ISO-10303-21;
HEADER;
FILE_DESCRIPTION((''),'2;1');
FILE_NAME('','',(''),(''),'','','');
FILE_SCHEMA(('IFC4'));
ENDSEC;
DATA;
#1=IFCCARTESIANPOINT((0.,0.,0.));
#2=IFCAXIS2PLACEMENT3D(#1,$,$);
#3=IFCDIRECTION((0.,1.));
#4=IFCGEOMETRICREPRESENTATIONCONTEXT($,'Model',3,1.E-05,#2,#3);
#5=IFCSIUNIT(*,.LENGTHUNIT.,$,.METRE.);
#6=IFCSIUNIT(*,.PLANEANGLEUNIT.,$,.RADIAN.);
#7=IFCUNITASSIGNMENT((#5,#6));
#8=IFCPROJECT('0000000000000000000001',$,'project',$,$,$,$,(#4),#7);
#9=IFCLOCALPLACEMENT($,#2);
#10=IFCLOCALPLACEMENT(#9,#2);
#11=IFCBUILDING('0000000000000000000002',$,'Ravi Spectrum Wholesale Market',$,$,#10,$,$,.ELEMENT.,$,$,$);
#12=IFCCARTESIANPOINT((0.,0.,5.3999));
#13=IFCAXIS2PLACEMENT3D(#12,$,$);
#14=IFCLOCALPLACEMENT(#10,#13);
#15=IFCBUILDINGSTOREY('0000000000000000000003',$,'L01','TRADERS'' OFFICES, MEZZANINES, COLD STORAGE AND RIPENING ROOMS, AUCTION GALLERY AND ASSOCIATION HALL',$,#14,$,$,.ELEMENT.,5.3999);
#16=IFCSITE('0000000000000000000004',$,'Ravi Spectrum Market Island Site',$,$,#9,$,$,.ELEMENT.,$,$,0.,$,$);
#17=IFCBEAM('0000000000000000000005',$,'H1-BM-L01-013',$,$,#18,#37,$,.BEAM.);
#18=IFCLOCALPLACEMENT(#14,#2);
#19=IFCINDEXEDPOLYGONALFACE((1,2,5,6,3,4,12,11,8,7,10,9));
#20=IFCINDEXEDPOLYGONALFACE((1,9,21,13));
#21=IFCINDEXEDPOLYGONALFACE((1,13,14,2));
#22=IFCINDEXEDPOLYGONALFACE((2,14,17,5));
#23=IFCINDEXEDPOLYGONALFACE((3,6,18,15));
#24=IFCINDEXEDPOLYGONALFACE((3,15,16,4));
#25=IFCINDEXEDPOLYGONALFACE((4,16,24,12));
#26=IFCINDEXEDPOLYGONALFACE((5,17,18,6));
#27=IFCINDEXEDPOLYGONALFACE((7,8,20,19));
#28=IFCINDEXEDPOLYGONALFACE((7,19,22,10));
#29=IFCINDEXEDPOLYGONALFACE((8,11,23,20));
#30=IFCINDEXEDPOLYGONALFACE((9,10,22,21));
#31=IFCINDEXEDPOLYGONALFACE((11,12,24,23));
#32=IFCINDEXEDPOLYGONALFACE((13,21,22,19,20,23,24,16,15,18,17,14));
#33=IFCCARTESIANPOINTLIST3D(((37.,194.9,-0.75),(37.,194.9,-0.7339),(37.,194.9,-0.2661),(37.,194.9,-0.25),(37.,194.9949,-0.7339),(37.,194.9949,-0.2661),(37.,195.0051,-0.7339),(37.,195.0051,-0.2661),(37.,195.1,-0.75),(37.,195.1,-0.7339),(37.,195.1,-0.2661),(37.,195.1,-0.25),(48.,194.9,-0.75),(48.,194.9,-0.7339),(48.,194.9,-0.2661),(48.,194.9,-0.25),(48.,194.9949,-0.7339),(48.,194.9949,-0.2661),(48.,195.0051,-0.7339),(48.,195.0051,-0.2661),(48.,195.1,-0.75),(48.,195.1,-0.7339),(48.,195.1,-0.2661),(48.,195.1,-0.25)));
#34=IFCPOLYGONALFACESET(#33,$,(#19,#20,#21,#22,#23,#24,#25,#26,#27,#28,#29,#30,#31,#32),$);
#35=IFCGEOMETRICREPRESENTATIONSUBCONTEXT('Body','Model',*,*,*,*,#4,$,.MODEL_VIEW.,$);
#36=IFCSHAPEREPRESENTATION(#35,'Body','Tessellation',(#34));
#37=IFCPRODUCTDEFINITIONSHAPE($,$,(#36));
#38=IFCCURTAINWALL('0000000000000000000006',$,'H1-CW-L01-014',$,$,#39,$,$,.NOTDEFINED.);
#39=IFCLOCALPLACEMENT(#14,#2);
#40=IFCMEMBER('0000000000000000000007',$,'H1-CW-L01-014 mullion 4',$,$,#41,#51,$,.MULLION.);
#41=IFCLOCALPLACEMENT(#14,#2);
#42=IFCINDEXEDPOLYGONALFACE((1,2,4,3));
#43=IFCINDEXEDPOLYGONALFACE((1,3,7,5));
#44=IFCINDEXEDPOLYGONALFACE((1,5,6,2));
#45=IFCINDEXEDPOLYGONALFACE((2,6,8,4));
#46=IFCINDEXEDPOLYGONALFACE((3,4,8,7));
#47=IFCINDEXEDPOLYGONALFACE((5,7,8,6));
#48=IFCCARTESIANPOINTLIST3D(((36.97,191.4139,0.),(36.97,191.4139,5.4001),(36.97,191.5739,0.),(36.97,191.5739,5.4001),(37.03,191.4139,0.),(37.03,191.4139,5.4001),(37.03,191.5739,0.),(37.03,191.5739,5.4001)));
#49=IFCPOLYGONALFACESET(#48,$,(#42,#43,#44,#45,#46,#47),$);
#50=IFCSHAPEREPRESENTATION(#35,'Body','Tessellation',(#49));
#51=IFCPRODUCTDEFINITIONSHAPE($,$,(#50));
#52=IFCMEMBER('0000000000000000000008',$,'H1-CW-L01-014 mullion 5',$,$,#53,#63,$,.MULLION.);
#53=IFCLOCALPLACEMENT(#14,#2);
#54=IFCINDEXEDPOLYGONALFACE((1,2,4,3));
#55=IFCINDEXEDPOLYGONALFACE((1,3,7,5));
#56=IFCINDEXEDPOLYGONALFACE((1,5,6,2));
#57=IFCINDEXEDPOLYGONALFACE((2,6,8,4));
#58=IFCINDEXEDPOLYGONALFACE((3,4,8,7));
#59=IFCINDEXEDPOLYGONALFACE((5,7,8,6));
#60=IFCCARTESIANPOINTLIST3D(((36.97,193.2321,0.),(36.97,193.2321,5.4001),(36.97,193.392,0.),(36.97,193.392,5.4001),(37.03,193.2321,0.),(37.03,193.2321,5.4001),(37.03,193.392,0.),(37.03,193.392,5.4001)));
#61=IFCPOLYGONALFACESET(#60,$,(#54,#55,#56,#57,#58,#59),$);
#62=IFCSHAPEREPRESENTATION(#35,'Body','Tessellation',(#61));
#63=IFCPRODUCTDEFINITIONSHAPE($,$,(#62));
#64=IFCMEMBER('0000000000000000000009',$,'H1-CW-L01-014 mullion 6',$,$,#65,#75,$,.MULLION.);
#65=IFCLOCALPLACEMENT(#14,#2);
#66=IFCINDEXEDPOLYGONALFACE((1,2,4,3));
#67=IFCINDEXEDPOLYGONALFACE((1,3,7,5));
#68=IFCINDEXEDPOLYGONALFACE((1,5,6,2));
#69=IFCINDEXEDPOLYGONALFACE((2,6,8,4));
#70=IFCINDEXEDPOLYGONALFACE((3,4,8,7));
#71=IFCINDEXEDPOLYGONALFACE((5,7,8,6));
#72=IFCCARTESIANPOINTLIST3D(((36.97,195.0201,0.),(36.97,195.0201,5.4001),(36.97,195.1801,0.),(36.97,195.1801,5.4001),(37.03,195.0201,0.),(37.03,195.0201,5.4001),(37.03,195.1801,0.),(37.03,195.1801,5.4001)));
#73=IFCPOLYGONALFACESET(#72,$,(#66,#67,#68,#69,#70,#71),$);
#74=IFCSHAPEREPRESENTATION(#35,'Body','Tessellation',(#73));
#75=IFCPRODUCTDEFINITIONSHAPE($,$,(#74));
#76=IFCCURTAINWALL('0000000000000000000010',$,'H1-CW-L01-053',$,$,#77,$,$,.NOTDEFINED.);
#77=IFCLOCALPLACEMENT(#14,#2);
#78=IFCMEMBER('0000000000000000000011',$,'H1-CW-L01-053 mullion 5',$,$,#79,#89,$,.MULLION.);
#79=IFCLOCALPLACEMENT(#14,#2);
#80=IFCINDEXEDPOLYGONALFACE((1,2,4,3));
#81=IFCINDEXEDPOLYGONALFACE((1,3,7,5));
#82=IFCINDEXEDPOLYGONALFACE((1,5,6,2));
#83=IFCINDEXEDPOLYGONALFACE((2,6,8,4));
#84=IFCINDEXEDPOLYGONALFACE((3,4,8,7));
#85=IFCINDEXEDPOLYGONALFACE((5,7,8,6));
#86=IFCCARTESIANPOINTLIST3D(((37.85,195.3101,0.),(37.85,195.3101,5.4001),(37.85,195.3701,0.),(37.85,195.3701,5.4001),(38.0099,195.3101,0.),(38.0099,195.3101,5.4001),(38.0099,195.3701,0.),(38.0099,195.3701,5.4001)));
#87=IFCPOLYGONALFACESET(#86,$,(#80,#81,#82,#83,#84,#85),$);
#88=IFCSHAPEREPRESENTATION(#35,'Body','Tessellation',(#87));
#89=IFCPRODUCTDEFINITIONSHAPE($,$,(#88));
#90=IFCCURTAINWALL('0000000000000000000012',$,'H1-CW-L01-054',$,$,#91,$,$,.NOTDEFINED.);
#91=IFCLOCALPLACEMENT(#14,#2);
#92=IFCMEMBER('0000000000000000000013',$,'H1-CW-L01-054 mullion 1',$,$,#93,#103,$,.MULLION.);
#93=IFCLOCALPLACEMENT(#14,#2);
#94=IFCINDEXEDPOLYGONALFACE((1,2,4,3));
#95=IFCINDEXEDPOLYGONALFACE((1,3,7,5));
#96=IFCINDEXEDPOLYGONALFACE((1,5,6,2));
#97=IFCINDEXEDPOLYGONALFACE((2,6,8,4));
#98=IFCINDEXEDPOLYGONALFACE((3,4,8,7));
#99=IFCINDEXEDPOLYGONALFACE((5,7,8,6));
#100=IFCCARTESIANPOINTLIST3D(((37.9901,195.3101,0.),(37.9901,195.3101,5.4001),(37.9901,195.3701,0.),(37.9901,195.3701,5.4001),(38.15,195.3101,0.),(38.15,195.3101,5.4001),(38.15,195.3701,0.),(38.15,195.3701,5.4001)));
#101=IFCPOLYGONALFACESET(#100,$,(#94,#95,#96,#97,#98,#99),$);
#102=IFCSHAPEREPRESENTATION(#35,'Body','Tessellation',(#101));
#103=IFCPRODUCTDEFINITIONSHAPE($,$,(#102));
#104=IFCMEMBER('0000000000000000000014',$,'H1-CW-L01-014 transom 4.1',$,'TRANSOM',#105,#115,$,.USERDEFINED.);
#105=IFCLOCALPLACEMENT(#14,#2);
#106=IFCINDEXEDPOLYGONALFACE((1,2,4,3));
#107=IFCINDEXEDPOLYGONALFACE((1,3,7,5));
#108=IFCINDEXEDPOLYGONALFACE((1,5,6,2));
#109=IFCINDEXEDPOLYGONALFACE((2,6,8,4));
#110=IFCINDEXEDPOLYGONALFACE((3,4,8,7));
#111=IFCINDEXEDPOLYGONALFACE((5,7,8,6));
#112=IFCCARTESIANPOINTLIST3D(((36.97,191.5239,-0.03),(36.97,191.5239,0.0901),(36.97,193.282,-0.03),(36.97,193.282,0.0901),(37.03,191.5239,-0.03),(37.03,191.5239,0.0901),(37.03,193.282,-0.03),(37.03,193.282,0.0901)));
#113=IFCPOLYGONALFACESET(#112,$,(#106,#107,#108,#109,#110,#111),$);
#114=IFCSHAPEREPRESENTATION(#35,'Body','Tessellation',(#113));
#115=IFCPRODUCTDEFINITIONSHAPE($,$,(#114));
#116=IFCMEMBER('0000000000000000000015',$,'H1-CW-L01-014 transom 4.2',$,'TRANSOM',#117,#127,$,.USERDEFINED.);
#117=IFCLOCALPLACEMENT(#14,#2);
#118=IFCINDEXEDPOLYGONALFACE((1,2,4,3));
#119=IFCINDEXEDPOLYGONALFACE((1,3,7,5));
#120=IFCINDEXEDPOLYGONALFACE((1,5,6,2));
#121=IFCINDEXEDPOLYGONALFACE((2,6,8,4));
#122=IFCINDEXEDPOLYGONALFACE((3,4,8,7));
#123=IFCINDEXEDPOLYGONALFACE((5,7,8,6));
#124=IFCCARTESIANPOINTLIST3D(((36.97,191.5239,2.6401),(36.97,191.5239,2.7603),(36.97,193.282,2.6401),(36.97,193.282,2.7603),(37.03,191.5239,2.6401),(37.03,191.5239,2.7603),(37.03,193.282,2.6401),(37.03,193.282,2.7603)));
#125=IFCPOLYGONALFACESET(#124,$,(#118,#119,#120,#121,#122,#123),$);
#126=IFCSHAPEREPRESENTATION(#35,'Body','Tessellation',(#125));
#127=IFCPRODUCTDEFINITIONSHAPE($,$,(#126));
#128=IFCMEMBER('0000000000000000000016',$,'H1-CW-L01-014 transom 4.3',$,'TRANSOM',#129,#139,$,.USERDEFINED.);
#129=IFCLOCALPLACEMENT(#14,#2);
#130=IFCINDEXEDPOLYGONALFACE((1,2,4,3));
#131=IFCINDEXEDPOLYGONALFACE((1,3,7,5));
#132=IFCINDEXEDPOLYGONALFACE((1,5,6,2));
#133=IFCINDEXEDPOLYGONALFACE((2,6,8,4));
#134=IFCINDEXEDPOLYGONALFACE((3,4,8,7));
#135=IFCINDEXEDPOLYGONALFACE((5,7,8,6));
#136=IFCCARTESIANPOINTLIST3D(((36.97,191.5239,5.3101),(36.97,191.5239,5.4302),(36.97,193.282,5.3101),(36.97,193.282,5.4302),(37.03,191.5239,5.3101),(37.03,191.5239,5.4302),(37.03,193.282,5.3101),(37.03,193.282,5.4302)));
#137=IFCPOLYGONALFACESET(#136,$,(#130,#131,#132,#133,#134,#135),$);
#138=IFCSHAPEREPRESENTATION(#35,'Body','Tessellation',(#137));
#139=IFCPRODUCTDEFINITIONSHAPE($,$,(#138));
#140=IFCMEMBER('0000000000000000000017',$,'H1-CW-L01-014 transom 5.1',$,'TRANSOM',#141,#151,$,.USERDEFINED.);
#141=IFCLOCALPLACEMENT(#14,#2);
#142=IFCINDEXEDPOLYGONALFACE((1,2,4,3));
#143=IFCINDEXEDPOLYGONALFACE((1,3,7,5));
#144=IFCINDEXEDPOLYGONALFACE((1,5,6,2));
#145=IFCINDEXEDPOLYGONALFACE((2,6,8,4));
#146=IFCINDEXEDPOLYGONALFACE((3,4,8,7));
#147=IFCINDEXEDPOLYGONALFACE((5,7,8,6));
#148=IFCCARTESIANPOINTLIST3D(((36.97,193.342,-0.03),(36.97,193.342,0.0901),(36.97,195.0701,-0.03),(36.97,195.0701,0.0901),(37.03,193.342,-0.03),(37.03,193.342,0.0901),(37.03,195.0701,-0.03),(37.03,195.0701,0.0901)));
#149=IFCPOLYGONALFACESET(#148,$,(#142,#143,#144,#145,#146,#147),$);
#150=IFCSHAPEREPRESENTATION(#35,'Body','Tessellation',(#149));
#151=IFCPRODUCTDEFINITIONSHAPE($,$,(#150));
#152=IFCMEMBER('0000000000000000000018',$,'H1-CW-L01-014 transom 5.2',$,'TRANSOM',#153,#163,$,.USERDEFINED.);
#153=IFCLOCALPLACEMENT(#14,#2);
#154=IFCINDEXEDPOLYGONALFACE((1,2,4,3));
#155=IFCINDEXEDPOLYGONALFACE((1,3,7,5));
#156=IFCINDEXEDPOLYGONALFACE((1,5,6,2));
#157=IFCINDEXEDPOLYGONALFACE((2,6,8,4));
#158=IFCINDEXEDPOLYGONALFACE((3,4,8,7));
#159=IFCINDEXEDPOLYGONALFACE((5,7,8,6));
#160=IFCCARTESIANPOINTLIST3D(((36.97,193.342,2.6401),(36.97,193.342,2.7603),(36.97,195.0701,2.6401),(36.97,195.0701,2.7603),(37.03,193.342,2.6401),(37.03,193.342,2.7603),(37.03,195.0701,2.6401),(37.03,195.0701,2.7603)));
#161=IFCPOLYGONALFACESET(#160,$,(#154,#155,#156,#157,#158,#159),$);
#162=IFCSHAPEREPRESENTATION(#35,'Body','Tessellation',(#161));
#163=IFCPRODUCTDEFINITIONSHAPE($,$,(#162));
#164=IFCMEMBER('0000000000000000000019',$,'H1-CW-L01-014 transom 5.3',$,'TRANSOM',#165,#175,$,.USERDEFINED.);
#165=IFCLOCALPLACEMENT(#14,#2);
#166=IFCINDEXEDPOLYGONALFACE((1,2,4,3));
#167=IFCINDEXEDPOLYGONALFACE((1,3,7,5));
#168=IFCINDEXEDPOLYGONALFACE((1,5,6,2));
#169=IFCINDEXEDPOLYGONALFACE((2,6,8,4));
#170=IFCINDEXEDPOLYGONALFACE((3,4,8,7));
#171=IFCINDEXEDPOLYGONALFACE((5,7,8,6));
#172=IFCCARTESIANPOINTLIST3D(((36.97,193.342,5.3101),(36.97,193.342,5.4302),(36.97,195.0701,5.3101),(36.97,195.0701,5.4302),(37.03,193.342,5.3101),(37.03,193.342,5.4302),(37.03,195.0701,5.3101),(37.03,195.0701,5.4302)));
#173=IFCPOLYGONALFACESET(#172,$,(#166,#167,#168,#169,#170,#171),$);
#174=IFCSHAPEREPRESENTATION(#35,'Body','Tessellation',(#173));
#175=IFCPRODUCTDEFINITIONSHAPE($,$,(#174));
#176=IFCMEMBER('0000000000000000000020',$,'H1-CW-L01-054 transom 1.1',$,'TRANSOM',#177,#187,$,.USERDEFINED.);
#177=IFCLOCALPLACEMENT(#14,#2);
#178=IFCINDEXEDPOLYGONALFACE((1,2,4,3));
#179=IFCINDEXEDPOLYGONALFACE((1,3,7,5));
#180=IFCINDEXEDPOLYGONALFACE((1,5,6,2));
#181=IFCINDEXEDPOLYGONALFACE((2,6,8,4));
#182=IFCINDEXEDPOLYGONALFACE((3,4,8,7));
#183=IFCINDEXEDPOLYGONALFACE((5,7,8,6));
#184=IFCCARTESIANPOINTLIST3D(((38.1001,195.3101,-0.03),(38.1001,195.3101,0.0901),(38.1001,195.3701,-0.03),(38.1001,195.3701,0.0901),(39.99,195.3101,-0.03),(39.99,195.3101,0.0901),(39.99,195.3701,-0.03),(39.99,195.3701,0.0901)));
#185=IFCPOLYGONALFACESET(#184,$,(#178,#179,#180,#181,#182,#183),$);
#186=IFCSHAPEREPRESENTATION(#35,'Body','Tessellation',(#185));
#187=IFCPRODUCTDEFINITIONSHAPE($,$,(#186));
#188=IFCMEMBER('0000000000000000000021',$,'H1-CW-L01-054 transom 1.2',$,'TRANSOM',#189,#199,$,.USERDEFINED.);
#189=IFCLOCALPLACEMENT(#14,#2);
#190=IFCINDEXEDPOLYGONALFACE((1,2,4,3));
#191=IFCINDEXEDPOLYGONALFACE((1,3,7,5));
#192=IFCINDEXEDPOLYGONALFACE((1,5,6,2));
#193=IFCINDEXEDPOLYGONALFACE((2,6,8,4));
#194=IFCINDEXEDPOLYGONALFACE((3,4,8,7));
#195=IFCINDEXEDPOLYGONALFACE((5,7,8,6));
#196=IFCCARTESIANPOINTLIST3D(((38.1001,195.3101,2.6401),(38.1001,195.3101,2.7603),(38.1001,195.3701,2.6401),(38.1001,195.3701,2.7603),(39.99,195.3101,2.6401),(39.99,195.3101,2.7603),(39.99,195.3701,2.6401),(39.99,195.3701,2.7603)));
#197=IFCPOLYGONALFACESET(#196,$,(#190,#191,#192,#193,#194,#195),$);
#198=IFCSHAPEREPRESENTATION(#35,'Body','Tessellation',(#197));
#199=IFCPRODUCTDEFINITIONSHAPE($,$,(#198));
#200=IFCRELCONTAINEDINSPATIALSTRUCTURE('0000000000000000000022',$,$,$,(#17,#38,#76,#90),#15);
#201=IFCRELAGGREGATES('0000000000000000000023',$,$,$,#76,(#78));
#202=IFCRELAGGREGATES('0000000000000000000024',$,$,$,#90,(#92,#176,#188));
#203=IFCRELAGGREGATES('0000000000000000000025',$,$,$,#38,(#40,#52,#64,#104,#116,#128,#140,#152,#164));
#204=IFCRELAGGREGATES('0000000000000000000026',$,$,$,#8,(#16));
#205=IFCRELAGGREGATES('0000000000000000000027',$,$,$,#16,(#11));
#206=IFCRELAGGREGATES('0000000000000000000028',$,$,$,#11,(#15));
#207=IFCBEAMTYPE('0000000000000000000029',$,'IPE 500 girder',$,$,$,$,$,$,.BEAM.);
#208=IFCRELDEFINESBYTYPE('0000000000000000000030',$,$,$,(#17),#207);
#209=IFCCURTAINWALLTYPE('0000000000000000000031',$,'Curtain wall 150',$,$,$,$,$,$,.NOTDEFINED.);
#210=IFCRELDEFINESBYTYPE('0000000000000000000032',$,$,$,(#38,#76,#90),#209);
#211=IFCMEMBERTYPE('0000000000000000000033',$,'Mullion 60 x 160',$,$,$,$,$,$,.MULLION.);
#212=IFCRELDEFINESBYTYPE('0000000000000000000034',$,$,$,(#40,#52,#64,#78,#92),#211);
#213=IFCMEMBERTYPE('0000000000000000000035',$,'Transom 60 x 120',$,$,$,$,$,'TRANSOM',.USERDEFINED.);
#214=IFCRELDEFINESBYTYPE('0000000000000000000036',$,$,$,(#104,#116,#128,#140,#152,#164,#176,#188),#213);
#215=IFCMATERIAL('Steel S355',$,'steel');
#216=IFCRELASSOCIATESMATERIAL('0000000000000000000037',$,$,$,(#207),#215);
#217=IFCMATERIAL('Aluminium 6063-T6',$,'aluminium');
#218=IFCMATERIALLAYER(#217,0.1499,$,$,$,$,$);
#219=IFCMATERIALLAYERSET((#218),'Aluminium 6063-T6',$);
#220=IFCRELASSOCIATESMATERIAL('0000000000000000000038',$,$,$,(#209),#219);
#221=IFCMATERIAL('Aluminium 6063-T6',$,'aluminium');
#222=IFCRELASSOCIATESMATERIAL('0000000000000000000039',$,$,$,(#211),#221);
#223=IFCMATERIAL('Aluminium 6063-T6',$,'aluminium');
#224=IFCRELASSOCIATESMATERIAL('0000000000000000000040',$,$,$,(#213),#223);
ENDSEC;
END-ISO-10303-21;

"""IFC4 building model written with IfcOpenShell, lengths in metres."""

from ifc_helpers import new_model, si_unit, direction, frame, origin, origin_2d, place, context, subcontext, project, spatial, rectangle, i_section, extrude, material, layer, layer_set, material_profile, profile_set, type_object, element, aggregate, save


model = new_model("IFC4")

# Units and contexts
model_context = context("Model", 3, precision=1e-05, world=origin(), true_north=direction((0.0, 1.0)))
body_context = subcontext(model_context, "Body", "Model", "MODEL_VIEW")
ifc_project = project(units=[si_unit("LENGTHUNIT", "METRE"), si_unit("PLANEANGLEUNIT", "RADIAN")], contexts=[model_context])

# Site, building, storey
site_placement = place(None, origin())
site = spatial("IfcSite", under=ifc_project, at=site_placement, Name="Ravi Spectrum Market Island Site", CompositionType="ELEMENT", RefElevation=0.0)
building_placement = place(site_placement, origin())
building = spatial("IfcBuilding", under=site, at=building_placement, Name="Ravi Spectrum Wholesale Market", CompositionType="ELEMENT")
storey_placement = place(building_placement, frame((0.0, 0.0, 5.3999)))
storey = spatial("IfcBuildingStorey", under=building, at=storey_placement, Name="L01", Description="TRADERS' OFFICES, MEZZANINES, COLD STORAGE AND RIPENING ROOMS, AUCTION GALLERY AND ASSOCIATION HALL", CompositionType="ELEMENT", Elevation=5.3999)

# Beam
ifc_material_1 = material(Name="Steel S355", Category="steel")
ifc_material_profile_1 = material_profile(ifc_material_1, i_section(OverallWidth=0.2, OverallDepth=0.5, WebThickness=0.0103, FlangeThickness=0.0161, at=origin_2d()))
ifc_profile_set_1 = profile_set([ifc_material_profile_1], Name="Steel S355")
beam_type = type_object("IfcBeamType", Name="IPE 500 girder", PredefinedType="BEAM", material=ifc_profile_set_1)
beam_placement = place(storey_placement, frame((37.0, 195.0, -0.5), z_axis=(1.0, 0.0, 0.0), x_axis=(0.0, 1.0, 0.0)))
element("IfcBeam", 1, at=beam_placement, inside=storey, type_object=beam_type, Name="H1-BM-L01-013", PredefinedType="BEAM", context=body_context, shape_type="SweptSolid", body=[
    extrude(i_section(OverallWidth=0.2, OverallDepth=0.5, WebThickness=0.0103, FlangeThickness=0.0161, at=origin_2d()), origin(), (0.0, 0.0, 1.0), 11.0),
])

# Curtain wall, members
ifc_material_2 = material(Name="Aluminium 6063-T6", Category="aluminium")
ifc_layer_1 = layer(ifc_material_2, 0.1499)
ifc_layer_set_1 = layer_set([ifc_layer_1], Name="Aluminium 6063-T6")
curtain_wall_type = type_object("IfcCurtainWallType", Name="Curtain wall 150", PredefinedType="NOTDEFINED", material=ifc_layer_set_1)
curtain_wall_1_placement = place(storey_placement, origin())
curtain_wall_1 = element("IfcCurtainWall", 2, at=curtain_wall_1_placement, inside=storey, type_object=curtain_wall_type, Name="H1-CW-L01-014", PredefinedType="NOTDEFINED")
ifc_material_3 = material(Name="Aluminium 6063-T6", Category="aluminium")
ifc_material_profile_2 = material_profile(ifc_material_3, rectangle(XDim=0.0601, YDim=0.1599, at=origin_2d()))
ifc_profile_set_2 = profile_set([ifc_material_profile_2], Name="Aluminium 6063-T6")
member_type_1 = type_object("IfcMemberType", Name="Mullion 60 x 160", PredefinedType="MULLION", material=ifc_profile_set_2)
member_1_placement = place(storey_placement, frame((37.0, 191.4939, 0.0), z_axis=(0.0, 0.0, 1.0), x_axis=(-1.0, 0.0, 0.0)))
member_1 = element("IfcMember", 3, at=member_1_placement, type_object=member_type_1, Name="H1-CW-L01-014 mullion 4", PredefinedType="MULLION", context=body_context, shape_type="SweptSolid", body=[
    extrude(rectangle(XDim=0.0601, YDim=0.1599, at=origin_2d()), origin(), (0.0, 0.0, 1.0), 5.4001),
])
member_2_placement = place(storey_placement, frame((37.0, 193.312, 0.0), z_axis=(0.0, 0.0, 1.0), x_axis=(-1.0, 0.0, 0.0)))
member_2 = element("IfcMember", 4, at=member_2_placement, type_object=member_type_1, Name="H1-CW-L01-014 mullion 5", PredefinedType="MULLION", context=body_context, shape_type="SweptSolid", body=[
    extrude(rectangle(XDim=0.0601, YDim=0.1599, at=origin_2d()), origin(), (0.0, 0.0, 1.0), 5.4001),
])
member_3_placement = place(storey_placement, frame((37.0, 195.1001, 0.0), z_axis=(0.0, 0.0, 1.0), x_axis=(-1.0, 0.0, 0.0)))
member_3 = element("IfcMember", 5, at=member_3_placement, type_object=member_type_1, Name="H1-CW-L01-014 mullion 6", PredefinedType="MULLION", context=body_context, shape_type="SweptSolid", body=[
    extrude(rectangle(XDim=0.0601, YDim=0.1599, at=origin_2d()), origin(), (0.0, 0.0, 1.0), 5.4001),
])

# Curtain walls, members
curtain_wall_2_placement = place(storey_placement, origin())
curtain_wall_2 = element("IfcCurtainWall", 6, at=curtain_wall_2_placement, inside=storey, type_object=curtain_wall_type, Name="H1-CW-L01-053", PredefinedType="NOTDEFINED")
member_4_placement = place(storey_placement, frame((37.9299, 195.3401, 0.0), z_axis=(0.0, 0.0, 1.0), x_axis=(0.0, 1.0, 0.0)))
member_4 = element("IfcMember", 7, at=member_4_placement, type_object=member_type_1, Name="H1-CW-L01-053 mullion 5", PredefinedType="MULLION", context=body_context, shape_type="SweptSolid", body=[
    extrude(rectangle(XDim=0.0601, YDim=0.1599, at=origin_2d()), origin(), (0.0, 0.0, 1.0), 5.4001),
])
aggregate(curtain_wall_2, [member_4])
curtain_wall_3_placement = place(storey_placement, origin())
curtain_wall_3 = element("IfcCurtainWall", 8, at=curtain_wall_3_placement, inside=storey, type_object=curtain_wall_type, Name="H1-CW-L01-054", PredefinedType="NOTDEFINED")
member_5_placement = place(storey_placement, frame((38.0701, 195.3401, 0.0), z_axis=(0.0, 0.0, 1.0), x_axis=(0.0, 1.0, 0.0)))
member_5 = element("IfcMember", 9, at=member_5_placement, type_object=member_type_1, Name="H1-CW-L01-054 mullion 1", PredefinedType="MULLION", context=body_context, shape_type="SweptSolid", body=[
    extrude(rectangle(XDim=0.0601, YDim=0.1599, at=origin_2d()), origin(), (0.0, 0.0, 1.0), 5.4001),
])

# Members
ifc_material_4 = material(Name="Aluminium 6063-T6", Category="aluminium")
ifc_material_profile_3 = material_profile(ifc_material_4, rectangle(XDim=0.0601, YDim=0.1201, at=origin_2d()))
ifc_profile_set_3 = profile_set([ifc_material_profile_3], Name="Aluminium 6063-T6")
member_type_2 = type_object("IfcMemberType", Name="Transom 60 x 120", ElementType="TRANSOM", PredefinedType="USERDEFINED", material=ifc_profile_set_3)
member_6_placement = place(storey_placement, frame((37.0, 191.5239, 0.03), z_axis=(0.0, 1.0, 0.0), x_axis=(-1.0, 0.0, 0.0)))
member_6 = element("IfcMember", 10, at=member_6_placement, type_object=member_type_2, Name="H1-CW-L01-014 transom 4.1", ObjectType="TRANSOM", PredefinedType="USERDEFINED", context=body_context, shape_type="SweptSolid", body=[
    extrude(rectangle(XDim=0.0601, YDim=0.1201, at=origin_2d()), origin(), (0.0, 0.0, 1.0), 1.7581),
])
member_7_placement = place(storey_placement, frame((37.0, 191.5239, 2.7002), z_axis=(0.0, 1.0, 0.0), x_axis=(-1.0, 0.0, 0.0)))
member_7 = element("IfcMember", 11, at=member_7_placement, type_object=member_type_2, Name="H1-CW-L01-014 transom 4.2", ObjectType="TRANSOM", PredefinedType="USERDEFINED", context=body_context, shape_type="SweptSolid", body=[
    extrude(rectangle(XDim=0.0601, YDim=0.1201, at=origin_2d()), origin(), (0.0, 0.0, 1.0), 1.7581),
])
member_8_placement = place(storey_placement, frame((37.0, 191.5239, 5.3701), z_axis=(0.0, 1.0, 0.0), x_axis=(-1.0, 0.0, 0.0)))
member_8 = element("IfcMember", 12, at=member_8_placement, type_object=member_type_2, Name="H1-CW-L01-014 transom 4.3", ObjectType="TRANSOM", PredefinedType="USERDEFINED", context=body_context, shape_type="SweptSolid", body=[
    extrude(rectangle(XDim=0.0601, YDim=0.1201, at=origin_2d()), origin(), (0.0, 0.0, 1.0), 1.7581),
])
member_9_placement = place(storey_placement, frame((37.0, 193.342, 0.03), z_axis=(0.0, 1.0, 0.0), x_axis=(-1.0, 0.0, 0.0)))
member_9 = element("IfcMember", 13, at=member_9_placement, type_object=member_type_2, Name="H1-CW-L01-014 transom 5.1", ObjectType="TRANSOM", PredefinedType="USERDEFINED", context=body_context, shape_type="SweptSolid", body=[
    extrude(rectangle(XDim=0.0601, YDim=0.1201, at=origin_2d()), origin(), (0.0, 0.0, 1.0), 1.728),
])
member_10_placement = place(storey_placement, frame((37.0, 193.342, 2.7002), z_axis=(0.0, 1.0, 0.0), x_axis=(-1.0, 0.0, 0.0)))
member_10 = element("IfcMember", 14, at=member_10_placement, type_object=member_type_2, Name="H1-CW-L01-014 transom 5.2", ObjectType="TRANSOM", PredefinedType="USERDEFINED", context=body_context, shape_type="SweptSolid", body=[
    extrude(rectangle(XDim=0.0601, YDim=0.1201, at=origin_2d()), origin(), (0.0, 0.0, 1.0), 1.728),
])
member_11_placement = place(storey_placement, frame((37.0, 193.342, 5.3701), z_axis=(0.0, 1.0, 0.0), x_axis=(-1.0, 0.0, 0.0)))
member_11 = element("IfcMember", 15, at=member_11_placement, type_object=member_type_2, Name="H1-CW-L01-014 transom 5.3", ObjectType="TRANSOM", PredefinedType="USERDEFINED", context=body_context, shape_type="SweptSolid", body=[
    extrude(rectangle(XDim=0.0601, YDim=0.1201, at=origin_2d()), origin(), (0.0, 0.0, 1.0), 1.728),
])
member_12_placement = place(storey_placement, frame((38.1001, 195.3401, 0.03), z_axis=(1.0, 0.0, 0.0), x_axis=(0.0, 1.0, 0.0)))
member_12 = element("IfcMember", 16, at=member_12_placement, type_object=member_type_2, Name="H1-CW-L01-054 transom 1.1", ObjectType="TRANSOM", PredefinedType="USERDEFINED", context=body_context, shape_type="SweptSolid", body=[
    extrude(rectangle(XDim=0.0601, YDim=0.1201, at=origin_2d()), origin(), (0.0, 0.0, 1.0), 1.8899),
])
member_13_placement = place(storey_placement, frame((38.1001, 195.3401, 2.7002), z_axis=(1.0, 0.0, 0.0), x_axis=(0.0, 1.0, 0.0)))
member_13 = element("IfcMember", 17, at=member_13_placement, type_object=member_type_2, Name="H1-CW-L01-054 transom 1.2", ObjectType="TRANSOM", PredefinedType="USERDEFINED", context=body_context, shape_type="SweptSolid", body=[
    extrude(rectangle(XDim=0.0601, YDim=0.1201, at=origin_2d()), origin(), (0.0, 0.0, 1.0), 1.8899),
])
aggregate(curtain_wall_3, [member_5, member_12, member_13])

aggregate(curtain_wall_1, [member_1, member_2, member_3, member_6, member_7, member_8, member_9, member_10, member_11])

save(model, "model.ifc")
